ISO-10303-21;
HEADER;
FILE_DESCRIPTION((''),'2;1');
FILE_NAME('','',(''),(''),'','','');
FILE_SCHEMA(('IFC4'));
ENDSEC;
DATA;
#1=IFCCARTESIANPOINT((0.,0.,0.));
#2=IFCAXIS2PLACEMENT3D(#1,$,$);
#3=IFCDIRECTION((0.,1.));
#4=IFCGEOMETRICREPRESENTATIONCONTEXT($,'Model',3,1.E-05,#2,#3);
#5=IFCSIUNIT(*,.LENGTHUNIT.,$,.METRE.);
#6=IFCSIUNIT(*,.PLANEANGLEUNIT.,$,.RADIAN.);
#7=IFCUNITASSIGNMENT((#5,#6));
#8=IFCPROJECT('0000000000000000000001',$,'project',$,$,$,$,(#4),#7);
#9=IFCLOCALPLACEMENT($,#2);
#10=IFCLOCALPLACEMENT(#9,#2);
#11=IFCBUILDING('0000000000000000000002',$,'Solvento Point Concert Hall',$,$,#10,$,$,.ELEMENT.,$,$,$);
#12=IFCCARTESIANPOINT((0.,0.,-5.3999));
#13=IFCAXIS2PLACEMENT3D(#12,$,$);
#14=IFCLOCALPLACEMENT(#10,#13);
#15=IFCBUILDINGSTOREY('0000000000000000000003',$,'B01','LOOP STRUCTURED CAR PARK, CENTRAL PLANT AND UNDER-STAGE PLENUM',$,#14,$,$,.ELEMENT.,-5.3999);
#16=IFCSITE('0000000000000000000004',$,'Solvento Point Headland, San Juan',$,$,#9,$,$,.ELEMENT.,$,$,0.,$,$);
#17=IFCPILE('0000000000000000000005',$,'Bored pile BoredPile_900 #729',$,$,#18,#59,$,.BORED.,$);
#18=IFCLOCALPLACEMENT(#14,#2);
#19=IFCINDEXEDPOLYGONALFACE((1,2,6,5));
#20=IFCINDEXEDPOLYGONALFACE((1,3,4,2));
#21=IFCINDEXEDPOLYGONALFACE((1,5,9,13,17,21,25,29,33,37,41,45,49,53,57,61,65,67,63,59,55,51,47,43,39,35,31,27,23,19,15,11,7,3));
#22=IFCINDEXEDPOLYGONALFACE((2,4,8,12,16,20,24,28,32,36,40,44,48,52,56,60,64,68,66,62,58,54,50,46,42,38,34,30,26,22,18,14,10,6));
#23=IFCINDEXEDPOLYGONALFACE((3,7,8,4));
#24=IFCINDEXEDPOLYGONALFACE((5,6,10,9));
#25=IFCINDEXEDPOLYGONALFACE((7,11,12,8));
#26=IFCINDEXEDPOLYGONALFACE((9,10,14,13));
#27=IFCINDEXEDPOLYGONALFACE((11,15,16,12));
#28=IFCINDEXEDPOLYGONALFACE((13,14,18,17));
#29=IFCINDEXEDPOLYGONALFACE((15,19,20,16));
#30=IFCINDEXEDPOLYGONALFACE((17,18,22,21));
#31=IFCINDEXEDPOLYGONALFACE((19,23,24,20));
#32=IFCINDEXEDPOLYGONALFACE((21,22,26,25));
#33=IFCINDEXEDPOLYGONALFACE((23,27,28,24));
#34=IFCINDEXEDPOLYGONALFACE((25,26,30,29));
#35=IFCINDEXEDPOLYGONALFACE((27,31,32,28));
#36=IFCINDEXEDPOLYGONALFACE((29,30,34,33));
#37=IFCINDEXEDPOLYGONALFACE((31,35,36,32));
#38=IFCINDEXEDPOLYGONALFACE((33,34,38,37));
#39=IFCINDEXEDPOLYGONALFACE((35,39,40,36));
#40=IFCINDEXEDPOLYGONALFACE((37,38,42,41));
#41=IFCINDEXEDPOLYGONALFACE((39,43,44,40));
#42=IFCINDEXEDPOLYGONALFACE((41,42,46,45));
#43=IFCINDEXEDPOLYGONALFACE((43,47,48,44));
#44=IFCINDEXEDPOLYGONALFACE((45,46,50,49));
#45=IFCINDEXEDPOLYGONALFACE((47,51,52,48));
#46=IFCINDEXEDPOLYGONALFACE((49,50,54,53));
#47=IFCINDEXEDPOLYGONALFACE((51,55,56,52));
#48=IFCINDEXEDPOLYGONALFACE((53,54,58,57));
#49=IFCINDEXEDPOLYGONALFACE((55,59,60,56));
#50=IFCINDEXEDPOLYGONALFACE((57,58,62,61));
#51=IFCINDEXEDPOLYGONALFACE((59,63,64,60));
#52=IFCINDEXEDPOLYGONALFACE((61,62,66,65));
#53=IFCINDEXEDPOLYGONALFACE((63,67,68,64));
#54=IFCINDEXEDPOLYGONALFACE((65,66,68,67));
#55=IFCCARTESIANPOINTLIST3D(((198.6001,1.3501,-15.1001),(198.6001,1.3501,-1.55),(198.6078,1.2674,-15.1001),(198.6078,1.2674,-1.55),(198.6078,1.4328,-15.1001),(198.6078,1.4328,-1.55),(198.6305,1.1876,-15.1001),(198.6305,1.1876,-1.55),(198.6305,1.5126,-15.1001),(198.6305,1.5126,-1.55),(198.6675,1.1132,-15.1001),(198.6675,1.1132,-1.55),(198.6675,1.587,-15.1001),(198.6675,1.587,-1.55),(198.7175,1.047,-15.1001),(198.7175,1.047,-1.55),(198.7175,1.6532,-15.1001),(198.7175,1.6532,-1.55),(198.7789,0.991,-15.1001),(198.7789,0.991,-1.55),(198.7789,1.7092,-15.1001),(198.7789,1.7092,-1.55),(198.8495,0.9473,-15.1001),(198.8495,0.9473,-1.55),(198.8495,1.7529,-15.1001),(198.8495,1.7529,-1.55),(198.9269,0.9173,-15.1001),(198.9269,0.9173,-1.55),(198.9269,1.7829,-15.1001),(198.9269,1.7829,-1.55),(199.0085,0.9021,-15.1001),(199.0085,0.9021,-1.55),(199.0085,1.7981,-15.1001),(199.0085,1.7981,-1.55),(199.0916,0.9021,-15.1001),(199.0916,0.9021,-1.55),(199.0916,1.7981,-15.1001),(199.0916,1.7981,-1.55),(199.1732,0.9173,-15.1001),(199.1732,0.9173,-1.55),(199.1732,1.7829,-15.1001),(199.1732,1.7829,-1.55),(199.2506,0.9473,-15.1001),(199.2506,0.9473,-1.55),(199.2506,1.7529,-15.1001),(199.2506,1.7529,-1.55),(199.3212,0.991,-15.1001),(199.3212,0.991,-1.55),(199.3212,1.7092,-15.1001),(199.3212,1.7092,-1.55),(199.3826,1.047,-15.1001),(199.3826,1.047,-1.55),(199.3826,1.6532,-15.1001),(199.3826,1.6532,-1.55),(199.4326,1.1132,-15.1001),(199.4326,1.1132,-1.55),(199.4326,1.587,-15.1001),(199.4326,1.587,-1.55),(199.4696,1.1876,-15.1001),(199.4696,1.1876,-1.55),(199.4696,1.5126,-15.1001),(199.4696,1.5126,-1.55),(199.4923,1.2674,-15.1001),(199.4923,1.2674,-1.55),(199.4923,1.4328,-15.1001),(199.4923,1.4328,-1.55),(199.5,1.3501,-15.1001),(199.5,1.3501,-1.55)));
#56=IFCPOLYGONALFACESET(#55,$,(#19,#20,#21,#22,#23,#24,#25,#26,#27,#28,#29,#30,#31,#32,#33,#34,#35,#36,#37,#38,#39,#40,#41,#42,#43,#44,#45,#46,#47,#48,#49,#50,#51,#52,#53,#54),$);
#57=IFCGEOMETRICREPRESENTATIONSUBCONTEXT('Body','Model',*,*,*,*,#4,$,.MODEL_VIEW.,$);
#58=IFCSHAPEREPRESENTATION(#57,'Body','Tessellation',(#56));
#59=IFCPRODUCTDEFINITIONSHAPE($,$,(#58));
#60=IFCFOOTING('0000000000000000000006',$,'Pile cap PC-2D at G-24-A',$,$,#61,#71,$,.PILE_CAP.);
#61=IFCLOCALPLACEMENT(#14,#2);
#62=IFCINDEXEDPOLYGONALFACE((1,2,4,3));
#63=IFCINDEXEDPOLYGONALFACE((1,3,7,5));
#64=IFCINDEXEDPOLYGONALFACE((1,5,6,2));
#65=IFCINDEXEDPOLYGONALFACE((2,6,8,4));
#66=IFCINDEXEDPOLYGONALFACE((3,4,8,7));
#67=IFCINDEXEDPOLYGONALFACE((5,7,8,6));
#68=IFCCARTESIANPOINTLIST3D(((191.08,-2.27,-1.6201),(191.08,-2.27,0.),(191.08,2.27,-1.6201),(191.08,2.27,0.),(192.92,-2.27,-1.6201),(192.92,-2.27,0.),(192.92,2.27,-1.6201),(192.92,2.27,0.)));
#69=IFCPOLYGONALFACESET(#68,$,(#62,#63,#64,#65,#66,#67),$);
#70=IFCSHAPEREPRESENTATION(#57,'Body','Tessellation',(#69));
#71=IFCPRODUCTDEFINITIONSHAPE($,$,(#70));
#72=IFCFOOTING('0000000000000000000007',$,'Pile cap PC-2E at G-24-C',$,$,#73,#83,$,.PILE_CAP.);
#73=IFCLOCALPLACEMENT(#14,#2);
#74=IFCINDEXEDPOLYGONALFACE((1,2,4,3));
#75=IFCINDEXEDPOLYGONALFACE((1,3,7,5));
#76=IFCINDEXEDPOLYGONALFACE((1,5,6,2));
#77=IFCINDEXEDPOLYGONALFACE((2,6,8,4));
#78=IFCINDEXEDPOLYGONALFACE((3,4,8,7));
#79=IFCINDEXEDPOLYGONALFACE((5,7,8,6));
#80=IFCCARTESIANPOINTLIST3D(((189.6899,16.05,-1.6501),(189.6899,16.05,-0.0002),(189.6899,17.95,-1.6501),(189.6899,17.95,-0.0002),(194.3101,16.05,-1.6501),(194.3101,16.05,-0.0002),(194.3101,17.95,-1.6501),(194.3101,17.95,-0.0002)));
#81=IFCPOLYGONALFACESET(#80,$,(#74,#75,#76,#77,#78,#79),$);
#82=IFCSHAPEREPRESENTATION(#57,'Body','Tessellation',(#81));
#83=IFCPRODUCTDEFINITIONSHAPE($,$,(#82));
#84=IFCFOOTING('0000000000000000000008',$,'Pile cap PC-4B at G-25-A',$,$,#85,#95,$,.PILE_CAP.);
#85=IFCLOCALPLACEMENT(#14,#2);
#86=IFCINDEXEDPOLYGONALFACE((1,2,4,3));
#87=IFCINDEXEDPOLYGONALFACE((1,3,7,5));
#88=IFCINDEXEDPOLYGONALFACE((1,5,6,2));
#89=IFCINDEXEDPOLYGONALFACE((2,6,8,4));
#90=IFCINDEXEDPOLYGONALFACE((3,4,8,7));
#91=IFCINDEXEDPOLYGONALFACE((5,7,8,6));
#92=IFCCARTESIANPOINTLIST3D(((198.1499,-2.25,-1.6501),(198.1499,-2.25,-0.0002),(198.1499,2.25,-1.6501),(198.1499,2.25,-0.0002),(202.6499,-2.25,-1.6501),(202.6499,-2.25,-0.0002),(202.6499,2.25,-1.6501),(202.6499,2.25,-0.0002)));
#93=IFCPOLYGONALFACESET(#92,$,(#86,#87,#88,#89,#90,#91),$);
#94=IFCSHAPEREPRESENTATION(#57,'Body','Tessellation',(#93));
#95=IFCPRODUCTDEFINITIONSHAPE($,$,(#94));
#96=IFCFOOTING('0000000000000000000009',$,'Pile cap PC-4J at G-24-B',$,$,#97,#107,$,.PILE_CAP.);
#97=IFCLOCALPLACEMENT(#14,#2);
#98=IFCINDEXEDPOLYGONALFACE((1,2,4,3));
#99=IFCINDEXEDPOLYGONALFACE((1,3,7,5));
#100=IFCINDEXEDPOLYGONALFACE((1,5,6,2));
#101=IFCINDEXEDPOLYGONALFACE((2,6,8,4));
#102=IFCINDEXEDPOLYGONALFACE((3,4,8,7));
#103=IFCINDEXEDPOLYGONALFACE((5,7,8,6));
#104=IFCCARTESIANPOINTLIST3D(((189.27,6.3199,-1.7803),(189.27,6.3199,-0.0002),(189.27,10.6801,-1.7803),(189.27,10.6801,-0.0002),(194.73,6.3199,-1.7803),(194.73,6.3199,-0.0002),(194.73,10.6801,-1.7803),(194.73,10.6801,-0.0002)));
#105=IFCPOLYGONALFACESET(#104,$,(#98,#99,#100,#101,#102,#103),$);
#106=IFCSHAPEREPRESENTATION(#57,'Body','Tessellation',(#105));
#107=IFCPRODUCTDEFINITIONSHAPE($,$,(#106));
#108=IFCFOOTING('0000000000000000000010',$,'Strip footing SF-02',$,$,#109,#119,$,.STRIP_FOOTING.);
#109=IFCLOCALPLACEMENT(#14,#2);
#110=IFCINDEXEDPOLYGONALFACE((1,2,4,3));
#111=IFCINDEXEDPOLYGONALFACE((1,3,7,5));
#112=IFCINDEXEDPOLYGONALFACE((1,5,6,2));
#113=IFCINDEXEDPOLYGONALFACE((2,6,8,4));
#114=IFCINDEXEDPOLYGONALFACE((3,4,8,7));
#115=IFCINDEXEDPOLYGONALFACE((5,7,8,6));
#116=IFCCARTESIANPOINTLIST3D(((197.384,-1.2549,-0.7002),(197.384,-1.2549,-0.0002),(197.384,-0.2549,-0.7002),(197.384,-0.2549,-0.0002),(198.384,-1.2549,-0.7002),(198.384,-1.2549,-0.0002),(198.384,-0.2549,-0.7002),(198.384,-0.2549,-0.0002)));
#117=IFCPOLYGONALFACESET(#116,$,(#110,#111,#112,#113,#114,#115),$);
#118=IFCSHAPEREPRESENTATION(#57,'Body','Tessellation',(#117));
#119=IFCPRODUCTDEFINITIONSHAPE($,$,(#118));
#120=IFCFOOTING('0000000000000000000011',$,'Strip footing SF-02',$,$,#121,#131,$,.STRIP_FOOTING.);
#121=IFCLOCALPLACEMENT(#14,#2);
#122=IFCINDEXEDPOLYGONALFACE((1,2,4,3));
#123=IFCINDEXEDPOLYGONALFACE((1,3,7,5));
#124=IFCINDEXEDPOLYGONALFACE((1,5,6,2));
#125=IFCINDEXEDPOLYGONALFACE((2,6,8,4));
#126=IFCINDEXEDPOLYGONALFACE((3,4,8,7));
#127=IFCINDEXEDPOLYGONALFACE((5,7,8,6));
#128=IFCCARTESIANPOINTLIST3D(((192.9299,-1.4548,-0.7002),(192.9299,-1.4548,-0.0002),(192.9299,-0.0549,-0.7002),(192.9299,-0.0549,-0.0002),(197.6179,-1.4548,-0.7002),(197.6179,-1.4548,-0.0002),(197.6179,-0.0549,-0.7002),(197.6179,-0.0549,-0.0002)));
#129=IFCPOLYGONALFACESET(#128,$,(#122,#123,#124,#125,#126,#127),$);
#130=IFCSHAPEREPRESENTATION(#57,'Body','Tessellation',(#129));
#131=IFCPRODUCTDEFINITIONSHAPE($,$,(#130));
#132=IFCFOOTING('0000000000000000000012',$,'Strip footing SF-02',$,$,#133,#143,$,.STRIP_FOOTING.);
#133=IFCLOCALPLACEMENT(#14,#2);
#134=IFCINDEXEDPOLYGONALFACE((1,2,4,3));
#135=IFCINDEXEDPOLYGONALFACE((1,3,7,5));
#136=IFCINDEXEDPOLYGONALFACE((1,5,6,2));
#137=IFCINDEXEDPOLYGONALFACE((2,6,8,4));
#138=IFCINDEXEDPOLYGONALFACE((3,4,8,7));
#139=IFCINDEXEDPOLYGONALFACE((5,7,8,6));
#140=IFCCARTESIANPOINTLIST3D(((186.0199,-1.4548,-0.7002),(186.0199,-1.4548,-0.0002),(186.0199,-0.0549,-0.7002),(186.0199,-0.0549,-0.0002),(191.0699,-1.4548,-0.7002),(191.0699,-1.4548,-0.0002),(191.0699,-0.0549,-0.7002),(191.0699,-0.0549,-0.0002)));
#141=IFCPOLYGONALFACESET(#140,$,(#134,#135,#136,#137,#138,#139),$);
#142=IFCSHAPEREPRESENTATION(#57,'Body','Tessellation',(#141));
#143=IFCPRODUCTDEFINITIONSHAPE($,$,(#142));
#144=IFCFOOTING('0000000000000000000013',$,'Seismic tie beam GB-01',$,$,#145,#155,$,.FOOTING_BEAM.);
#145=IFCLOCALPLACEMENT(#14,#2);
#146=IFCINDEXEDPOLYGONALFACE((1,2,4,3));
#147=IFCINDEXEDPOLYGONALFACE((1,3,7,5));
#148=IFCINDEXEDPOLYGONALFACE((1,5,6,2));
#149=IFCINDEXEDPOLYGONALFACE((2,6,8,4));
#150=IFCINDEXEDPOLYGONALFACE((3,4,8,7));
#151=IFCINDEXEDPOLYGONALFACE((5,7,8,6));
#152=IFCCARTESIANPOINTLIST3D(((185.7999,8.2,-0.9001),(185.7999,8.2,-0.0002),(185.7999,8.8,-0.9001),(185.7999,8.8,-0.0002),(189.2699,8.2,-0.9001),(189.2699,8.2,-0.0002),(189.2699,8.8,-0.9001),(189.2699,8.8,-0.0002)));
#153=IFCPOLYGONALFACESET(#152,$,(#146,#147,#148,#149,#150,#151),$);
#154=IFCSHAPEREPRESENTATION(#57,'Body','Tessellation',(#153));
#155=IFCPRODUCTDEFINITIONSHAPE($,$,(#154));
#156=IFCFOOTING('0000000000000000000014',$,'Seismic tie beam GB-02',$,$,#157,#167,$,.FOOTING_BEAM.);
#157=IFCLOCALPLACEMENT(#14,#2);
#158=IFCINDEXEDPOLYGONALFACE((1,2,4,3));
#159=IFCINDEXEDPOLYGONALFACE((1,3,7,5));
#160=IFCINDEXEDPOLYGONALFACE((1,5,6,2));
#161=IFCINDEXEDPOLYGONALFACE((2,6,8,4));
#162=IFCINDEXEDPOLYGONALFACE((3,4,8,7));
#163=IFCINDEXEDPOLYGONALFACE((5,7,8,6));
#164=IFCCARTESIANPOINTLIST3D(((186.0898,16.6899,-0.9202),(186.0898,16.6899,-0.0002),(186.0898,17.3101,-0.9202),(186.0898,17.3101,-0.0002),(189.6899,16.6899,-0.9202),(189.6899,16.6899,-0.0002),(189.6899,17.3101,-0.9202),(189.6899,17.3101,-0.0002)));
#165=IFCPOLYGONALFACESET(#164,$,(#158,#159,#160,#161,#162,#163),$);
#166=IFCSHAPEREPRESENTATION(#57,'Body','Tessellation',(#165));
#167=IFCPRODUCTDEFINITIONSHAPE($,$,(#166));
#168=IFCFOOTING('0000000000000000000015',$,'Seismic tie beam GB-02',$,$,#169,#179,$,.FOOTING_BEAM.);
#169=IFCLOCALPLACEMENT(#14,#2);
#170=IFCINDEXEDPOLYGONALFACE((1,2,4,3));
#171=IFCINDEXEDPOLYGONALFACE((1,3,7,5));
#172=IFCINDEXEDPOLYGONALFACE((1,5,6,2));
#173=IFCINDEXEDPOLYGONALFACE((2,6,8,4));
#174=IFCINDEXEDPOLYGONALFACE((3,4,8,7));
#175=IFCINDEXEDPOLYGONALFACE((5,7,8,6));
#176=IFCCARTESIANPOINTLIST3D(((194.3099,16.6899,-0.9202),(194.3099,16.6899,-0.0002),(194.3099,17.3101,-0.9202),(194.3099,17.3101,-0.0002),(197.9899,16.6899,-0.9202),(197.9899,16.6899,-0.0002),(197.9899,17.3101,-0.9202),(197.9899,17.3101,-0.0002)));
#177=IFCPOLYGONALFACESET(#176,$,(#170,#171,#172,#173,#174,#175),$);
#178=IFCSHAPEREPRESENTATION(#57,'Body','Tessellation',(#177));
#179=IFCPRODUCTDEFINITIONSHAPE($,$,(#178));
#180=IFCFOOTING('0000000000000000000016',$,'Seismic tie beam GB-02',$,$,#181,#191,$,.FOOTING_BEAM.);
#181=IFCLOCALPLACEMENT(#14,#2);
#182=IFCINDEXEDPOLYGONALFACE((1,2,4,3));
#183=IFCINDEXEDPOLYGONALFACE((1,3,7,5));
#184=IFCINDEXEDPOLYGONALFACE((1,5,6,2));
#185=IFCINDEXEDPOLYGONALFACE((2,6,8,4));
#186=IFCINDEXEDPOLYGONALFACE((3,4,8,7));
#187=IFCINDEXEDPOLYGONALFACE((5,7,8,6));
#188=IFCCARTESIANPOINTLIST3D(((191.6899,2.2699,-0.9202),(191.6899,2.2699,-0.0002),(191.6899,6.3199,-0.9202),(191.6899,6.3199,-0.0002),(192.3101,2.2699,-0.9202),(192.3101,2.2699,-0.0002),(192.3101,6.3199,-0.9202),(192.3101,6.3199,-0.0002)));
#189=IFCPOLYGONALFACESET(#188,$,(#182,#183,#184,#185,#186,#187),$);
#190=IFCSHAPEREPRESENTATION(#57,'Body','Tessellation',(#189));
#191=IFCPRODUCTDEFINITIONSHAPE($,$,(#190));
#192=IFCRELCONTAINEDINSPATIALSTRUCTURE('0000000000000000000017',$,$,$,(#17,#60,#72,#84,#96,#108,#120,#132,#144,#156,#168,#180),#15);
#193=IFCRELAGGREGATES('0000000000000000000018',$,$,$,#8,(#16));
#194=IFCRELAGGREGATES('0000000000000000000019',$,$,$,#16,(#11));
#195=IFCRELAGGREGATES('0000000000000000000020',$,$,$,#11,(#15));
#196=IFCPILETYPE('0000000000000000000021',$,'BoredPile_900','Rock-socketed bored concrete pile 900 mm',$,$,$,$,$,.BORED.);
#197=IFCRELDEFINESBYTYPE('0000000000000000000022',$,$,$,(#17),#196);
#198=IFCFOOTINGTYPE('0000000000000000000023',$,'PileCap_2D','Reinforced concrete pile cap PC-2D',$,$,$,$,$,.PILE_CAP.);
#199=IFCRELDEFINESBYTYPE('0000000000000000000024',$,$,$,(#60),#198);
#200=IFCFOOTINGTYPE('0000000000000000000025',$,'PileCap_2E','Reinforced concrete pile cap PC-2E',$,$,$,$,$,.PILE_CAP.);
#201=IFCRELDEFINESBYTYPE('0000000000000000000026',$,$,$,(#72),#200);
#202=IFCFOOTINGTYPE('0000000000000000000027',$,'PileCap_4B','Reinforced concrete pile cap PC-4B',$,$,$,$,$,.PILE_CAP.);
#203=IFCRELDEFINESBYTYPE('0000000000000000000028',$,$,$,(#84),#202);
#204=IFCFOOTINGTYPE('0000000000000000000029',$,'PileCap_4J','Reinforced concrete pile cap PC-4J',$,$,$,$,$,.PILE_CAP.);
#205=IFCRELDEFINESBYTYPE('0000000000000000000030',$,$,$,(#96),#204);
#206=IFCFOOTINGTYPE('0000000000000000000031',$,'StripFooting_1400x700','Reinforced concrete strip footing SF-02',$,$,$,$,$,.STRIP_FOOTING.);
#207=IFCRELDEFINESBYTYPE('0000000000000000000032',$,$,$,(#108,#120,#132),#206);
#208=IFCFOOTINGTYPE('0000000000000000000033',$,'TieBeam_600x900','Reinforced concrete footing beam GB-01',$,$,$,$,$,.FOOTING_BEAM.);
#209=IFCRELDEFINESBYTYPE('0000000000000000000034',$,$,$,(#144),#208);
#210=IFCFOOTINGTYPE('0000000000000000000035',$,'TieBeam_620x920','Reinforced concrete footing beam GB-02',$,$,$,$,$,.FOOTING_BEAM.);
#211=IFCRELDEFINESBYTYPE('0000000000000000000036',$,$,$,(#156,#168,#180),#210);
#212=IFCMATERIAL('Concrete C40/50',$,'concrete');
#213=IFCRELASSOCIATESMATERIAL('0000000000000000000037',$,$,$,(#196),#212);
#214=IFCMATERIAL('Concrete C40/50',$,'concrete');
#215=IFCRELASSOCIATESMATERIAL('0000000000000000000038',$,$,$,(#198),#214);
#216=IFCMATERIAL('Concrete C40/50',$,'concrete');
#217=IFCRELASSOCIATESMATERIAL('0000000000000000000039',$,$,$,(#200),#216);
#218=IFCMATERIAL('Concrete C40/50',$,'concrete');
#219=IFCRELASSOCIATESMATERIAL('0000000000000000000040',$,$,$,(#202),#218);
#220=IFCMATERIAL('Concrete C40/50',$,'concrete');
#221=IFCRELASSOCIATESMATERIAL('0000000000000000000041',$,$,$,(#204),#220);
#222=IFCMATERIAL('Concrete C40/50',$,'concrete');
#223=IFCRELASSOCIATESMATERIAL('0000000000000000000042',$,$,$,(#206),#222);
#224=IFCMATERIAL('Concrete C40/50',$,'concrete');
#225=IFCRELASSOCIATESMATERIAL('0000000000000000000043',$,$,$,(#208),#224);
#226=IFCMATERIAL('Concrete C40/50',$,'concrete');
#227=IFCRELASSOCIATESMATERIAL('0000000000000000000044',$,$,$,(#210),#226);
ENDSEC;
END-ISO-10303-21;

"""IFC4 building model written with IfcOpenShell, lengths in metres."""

from ifc_helpers import new_model, si_unit, direction, frame, origin, origin_2d, place, context, subcontext, project, spatial, rectangle, circle, extrude, material, material_profile, profile_set, type_object, element, save


model = new_model("IFC4")

# Units and contexts
model_context = context("Model", 3, precision=1e-05, world=origin(), true_north=direction((0.0, 1.0)))
body_context = subcontext(model_context, "Body", "Model", "MODEL_VIEW")
ifc_project = project(units=[si_unit("LENGTHUNIT", "METRE"), si_unit("PLANEANGLEUNIT", "RADIAN")], contexts=[model_context])

# Site, building, storey
site_placement = place(None, origin())
site = spatial("IfcSite", under=ifc_project, at=site_placement, Name="Solvento Point Headland, San Juan", CompositionType="ELEMENT", RefElevation=0.0)
building_placement = place(site_placement, origin())
building = spatial("IfcBuilding", under=site, at=building_placement, Name="Solvento Point Concert Hall", CompositionType="ELEMENT")
storey_placement = place(building_placement, frame((0.0, 0.0, -5.3999)))
storey = spatial("IfcBuildingStorey", under=building, at=storey_placement, Name="B01", Description="LOOP STRUCTURED CAR PARK, CENTRAL PLANT AND UNDER-STAGE PLENUM", CompositionType="ELEMENT", Elevation=-5.3999)

# Pile
ifc_material_1 = material(Name="Concrete C40/50", Category="concrete")
ifc_material_profile_1 = material_profile(ifc_material_1, circle(Radius=0.45, at=origin_2d()), Name="BP-900")
ifc_profile_set_1 = profile_set([ifc_material_profile_1], Name="Concrete C40/50")
pile_type_1 = type_object("IfcPileType", Name="BoredPile_900", Description="Rock-socketed bored concrete pile 900 mm", PredefinedType="BORED", material=ifc_profile_set_1)
for number, where, z_axis, x_axis, name in (
    (1, (199.05, 1.3501, -1.55), (0.0, 0.0, -1.0), (1.0, 0.0, 0.0), "Bored pile BoredPile_900 #729"),
):
    element("IfcPile", number, at=place(storey_placement, frame(where, z_axis=z_axis, x_axis=x_axis)), inside=storey, type_object=pile_type_1, Name=name, PredefinedType="BORED", context=body_context, shape_type="SweptSolid", body=[
        extrude(circle(Radius=0.45, at=origin_2d()), origin(), (0.0, 0.0, 1.0), 13.55),
    ])

# Footings
ifc_material_2 = material(Name="Concrete C40/50", Category="concrete")
footing_type_1 = type_object("IfcFootingType", Name="PileCap_2D", Description="Reinforced concrete pile cap PC-2D", PredefinedType="PILE_CAP", material=ifc_material_2)
footing_1_placement = place(storey_placement, frame((192.0, 0.0, -1.6201), z_axis=(0.0, 0.0, 1.0), x_axis=(1.0, 0.0, 0.0)))
element("IfcFooting", 2, at=footing_1_placement, inside=storey, type_object=footing_type_1, Name="Pile cap PC-2D at G-24-A", PredefinedType="PILE_CAP", context=body_context, shape_type="SweptSolid", body=[
    extrude(rectangle(XDim=1.8401, YDim=4.54, at=origin_2d()), origin(), (0.0, 0.0, 1.0), 1.6201),
])
ifc_material_3 = material(Name="Concrete C40/50", Category="concrete")
footing_type_2 = type_object("IfcFootingType", Name="PileCap_2E", Description="Reinforced concrete pile cap PC-2E", PredefinedType="PILE_CAP", material=ifc_material_3)
footing_2_placement = place(storey_placement, frame((192.0, 17.0, -1.6501), z_axis=(0.0, 0.0, 1.0), x_axis=(1.0, 0.0, 0.0)))
element("IfcFooting", 3, at=footing_2_placement, inside=storey, type_object=footing_type_2, Name="Pile cap PC-2E at G-24-C", PredefinedType="PILE_CAP", context=body_context, shape_type="SweptSolid", body=[
    extrude(rectangle(XDim=4.6201, YDim=1.8999, at=origin_2d()), origin(), (0.0, 0.0, 1.0), 1.6499),
])
ifc_material_4 = material(Name="Concrete C40/50", Category="concrete")
footing_type_3 = type_object("IfcFootingType", Name="PileCap_4B", Description="Reinforced concrete pile cap PC-4B", PredefinedType="PILE_CAP", material=ifc_material_4)
footing_3_placement = place(storey_placement, frame((200.3999, 0.0, -1.6501), z_axis=(0.0, 0.0, 1.0), x_axis=(1.0, 0.0, 0.0)))
element("IfcFooting", 4, at=footing_3_placement, inside=storey, type_object=footing_type_3, Name="Pile cap PC-4B at G-25-A", PredefinedType="PILE_CAP", context=body_context, shape_type="SweptSolid", body=[
    extrude(rectangle(XDim=4.5, YDim=4.5, at=origin_2d()), origin(), (0.0, 0.0, 1.0), 1.6499),
])
ifc_material_5 = material(Name="Concrete C40/50", Category="concrete")
footing_type_4 = type_object("IfcFootingType", Name="PileCap_4J", Description="Reinforced concrete pile cap PC-4J", PredefinedType="PILE_CAP", material=ifc_material_5)
footing_4_placement = place(storey_placement, frame((192.0, 8.5, -1.7803), z_axis=(0.0, 0.0, 1.0), x_axis=(1.0, 0.0, 0.0)))
element("IfcFooting", 5, at=footing_4_placement, inside=storey, type_object=footing_type_4, Name="Pile cap PC-4J at G-24-B", PredefinedType="PILE_CAP", context=body_context, shape_type="SweptSolid", body=[
    extrude(rectangle(XDim=5.46, YDim=4.3601, at=origin_2d()), origin(), (0.0, 0.0, 1.0), 1.78),
])
ifc_material_6 = material(Name="Concrete C40/50", Category="concrete")
footing_type_5 = type_object("IfcFootingType", Name="StripFooting_1400x700", Description="Reinforced concrete strip footing SF-02", PredefinedType="STRIP_FOOTING", material=ifc_material_6)
footing_5_placement = place(storey_placement, frame((197.884, -0.7549, -0.7002), z_axis=(0.0, 0.0, 1.0), x_axis=(-1.0, 0.0, 0.0)))
element("IfcFooting", 6, at=footing_5_placement, inside=storey, type_object=footing_type_5, Name="Strip footing SF-02", PredefinedType="STRIP_FOOTING", context=body_context, shape_type="SweptSolid", body=[
    extrude(rectangle(XDim=1.0, YDim=1.0, at=origin_2d()), origin(), (0.0, 0.0, 1.0), 0.7),
])
footing_6_placement = place(storey_placement, frame((195.2739, -0.7549, -0.7002), z_axis=(0.0, 0.0, 1.0), x_axis=(-1.0, 0.0, 0.0)))
element("IfcFooting", 7, at=footing_6_placement, inside=storey, type_object=footing_type_5, Name="Strip footing SF-02", PredefinedType="STRIP_FOOTING", context=body_context, shape_type="SweptSolid", body=[
    extrude(rectangle(XDim=4.688, YDim=1.3999, at=origin_2d()), origin(), (0.0, 0.0, 1.0), 0.7),
])
footing_7_placement = place(storey_placement, frame((188.5449, -0.7549, -0.7002), z_axis=(0.0, 0.0, 1.0), x_axis=(-1.0, 0.0, 0.0)))
element("IfcFooting", 8, at=footing_7_placement, inside=storey, type_object=footing_type_5, Name="Strip footing SF-02", PredefinedType="STRIP_FOOTING", context=body_context, shape_type="SweptSolid", body=[
    extrude(rectangle(XDim=5.05, YDim=1.3999, at=origin_2d()), origin(), (0.0, 0.0, 1.0), 0.7),
])
ifc_material_7 = material(Name="Concrete C40/50", Category="concrete")
footing_type_6 = type_object("IfcFootingType", Name="TieBeam_600x900", Description="Reinforced concrete footing beam GB-01", PredefinedType="FOOTING_BEAM", material=ifc_material_7)
footing_8_placement = place(storey_placement, frame((187.5349, 8.5, -0.9001), z_axis=(0.0, 0.0, 1.0), x_axis=(1.0, 0.0, 0.0)))
element("IfcFooting", 9, at=footing_8_placement, inside=storey, type_object=footing_type_6, Name="Seismic tie beam GB-01", PredefinedType="FOOTING_BEAM", context=body_context, shape_type="SweptSolid", body=[
    extrude(rectangle(XDim=3.47, YDim=0.6001, at=origin_2d()), origin(), (0.0, 0.0, 1.0), 0.8999),
])
ifc_material_8 = material(Name="Concrete C40/50", Category="concrete")
footing_type_7 = type_object("IfcFootingType", Name="TieBeam_620x920", Description="Reinforced concrete footing beam GB-02", PredefinedType="FOOTING_BEAM", material=ifc_material_8)
footing_9_placement = place(storey_placement, frame((187.8899, 17.0, -0.9202), z_axis=(0.0, 0.0, 1.0), x_axis=(1.0, 0.0, 0.0)))
element("IfcFooting", 10, at=footing_9_placement, inside=storey, type_object=footing_type_7, Name="Seismic tie beam GB-02", PredefinedType="FOOTING_BEAM", context=body_context, shape_type="SweptSolid", body=[
    extrude(rectangle(XDim=3.6001, YDim=0.6201, at=origin_2d()), origin(), (0.0, 0.0, 1.0), 0.9199),
])
footing_10_placement = place(storey_placement, frame((196.1499, 17.0, -0.9202), z_axis=(0.0, 0.0, 1.0), x_axis=(1.0, 0.0, 0.0)))
element("IfcFooting", 11, at=footing_10_placement, inside=storey, type_object=footing_type_7, Name="Seismic tie beam GB-02", PredefinedType="FOOTING_BEAM", context=body_context, shape_type="SweptSolid", body=[
    extrude(rectangle(XDim=3.6799, YDim=0.6201, at=origin_2d()), origin(), (0.0, 0.0, 1.0), 0.9199),
])
footing_11_placement = place(storey_placement, frame((192.0, 4.2949, -0.9202), z_axis=(0.0, 0.0, 1.0), x_axis=(0.0, 1.0, 0.0)))
element("IfcFooting", 12, at=footing_11_placement, inside=storey, type_object=footing_type_7, Name="Seismic tie beam GB-02", PredefinedType="FOOTING_BEAM", context=body_context, shape_type="SweptSolid", body=[
    extrude(rectangle(XDim=4.05, YDim=0.6201, at=origin_2d()), origin(), (0.0, 0.0, 1.0), 0.9199),
])

save(model, "model.ifc")
